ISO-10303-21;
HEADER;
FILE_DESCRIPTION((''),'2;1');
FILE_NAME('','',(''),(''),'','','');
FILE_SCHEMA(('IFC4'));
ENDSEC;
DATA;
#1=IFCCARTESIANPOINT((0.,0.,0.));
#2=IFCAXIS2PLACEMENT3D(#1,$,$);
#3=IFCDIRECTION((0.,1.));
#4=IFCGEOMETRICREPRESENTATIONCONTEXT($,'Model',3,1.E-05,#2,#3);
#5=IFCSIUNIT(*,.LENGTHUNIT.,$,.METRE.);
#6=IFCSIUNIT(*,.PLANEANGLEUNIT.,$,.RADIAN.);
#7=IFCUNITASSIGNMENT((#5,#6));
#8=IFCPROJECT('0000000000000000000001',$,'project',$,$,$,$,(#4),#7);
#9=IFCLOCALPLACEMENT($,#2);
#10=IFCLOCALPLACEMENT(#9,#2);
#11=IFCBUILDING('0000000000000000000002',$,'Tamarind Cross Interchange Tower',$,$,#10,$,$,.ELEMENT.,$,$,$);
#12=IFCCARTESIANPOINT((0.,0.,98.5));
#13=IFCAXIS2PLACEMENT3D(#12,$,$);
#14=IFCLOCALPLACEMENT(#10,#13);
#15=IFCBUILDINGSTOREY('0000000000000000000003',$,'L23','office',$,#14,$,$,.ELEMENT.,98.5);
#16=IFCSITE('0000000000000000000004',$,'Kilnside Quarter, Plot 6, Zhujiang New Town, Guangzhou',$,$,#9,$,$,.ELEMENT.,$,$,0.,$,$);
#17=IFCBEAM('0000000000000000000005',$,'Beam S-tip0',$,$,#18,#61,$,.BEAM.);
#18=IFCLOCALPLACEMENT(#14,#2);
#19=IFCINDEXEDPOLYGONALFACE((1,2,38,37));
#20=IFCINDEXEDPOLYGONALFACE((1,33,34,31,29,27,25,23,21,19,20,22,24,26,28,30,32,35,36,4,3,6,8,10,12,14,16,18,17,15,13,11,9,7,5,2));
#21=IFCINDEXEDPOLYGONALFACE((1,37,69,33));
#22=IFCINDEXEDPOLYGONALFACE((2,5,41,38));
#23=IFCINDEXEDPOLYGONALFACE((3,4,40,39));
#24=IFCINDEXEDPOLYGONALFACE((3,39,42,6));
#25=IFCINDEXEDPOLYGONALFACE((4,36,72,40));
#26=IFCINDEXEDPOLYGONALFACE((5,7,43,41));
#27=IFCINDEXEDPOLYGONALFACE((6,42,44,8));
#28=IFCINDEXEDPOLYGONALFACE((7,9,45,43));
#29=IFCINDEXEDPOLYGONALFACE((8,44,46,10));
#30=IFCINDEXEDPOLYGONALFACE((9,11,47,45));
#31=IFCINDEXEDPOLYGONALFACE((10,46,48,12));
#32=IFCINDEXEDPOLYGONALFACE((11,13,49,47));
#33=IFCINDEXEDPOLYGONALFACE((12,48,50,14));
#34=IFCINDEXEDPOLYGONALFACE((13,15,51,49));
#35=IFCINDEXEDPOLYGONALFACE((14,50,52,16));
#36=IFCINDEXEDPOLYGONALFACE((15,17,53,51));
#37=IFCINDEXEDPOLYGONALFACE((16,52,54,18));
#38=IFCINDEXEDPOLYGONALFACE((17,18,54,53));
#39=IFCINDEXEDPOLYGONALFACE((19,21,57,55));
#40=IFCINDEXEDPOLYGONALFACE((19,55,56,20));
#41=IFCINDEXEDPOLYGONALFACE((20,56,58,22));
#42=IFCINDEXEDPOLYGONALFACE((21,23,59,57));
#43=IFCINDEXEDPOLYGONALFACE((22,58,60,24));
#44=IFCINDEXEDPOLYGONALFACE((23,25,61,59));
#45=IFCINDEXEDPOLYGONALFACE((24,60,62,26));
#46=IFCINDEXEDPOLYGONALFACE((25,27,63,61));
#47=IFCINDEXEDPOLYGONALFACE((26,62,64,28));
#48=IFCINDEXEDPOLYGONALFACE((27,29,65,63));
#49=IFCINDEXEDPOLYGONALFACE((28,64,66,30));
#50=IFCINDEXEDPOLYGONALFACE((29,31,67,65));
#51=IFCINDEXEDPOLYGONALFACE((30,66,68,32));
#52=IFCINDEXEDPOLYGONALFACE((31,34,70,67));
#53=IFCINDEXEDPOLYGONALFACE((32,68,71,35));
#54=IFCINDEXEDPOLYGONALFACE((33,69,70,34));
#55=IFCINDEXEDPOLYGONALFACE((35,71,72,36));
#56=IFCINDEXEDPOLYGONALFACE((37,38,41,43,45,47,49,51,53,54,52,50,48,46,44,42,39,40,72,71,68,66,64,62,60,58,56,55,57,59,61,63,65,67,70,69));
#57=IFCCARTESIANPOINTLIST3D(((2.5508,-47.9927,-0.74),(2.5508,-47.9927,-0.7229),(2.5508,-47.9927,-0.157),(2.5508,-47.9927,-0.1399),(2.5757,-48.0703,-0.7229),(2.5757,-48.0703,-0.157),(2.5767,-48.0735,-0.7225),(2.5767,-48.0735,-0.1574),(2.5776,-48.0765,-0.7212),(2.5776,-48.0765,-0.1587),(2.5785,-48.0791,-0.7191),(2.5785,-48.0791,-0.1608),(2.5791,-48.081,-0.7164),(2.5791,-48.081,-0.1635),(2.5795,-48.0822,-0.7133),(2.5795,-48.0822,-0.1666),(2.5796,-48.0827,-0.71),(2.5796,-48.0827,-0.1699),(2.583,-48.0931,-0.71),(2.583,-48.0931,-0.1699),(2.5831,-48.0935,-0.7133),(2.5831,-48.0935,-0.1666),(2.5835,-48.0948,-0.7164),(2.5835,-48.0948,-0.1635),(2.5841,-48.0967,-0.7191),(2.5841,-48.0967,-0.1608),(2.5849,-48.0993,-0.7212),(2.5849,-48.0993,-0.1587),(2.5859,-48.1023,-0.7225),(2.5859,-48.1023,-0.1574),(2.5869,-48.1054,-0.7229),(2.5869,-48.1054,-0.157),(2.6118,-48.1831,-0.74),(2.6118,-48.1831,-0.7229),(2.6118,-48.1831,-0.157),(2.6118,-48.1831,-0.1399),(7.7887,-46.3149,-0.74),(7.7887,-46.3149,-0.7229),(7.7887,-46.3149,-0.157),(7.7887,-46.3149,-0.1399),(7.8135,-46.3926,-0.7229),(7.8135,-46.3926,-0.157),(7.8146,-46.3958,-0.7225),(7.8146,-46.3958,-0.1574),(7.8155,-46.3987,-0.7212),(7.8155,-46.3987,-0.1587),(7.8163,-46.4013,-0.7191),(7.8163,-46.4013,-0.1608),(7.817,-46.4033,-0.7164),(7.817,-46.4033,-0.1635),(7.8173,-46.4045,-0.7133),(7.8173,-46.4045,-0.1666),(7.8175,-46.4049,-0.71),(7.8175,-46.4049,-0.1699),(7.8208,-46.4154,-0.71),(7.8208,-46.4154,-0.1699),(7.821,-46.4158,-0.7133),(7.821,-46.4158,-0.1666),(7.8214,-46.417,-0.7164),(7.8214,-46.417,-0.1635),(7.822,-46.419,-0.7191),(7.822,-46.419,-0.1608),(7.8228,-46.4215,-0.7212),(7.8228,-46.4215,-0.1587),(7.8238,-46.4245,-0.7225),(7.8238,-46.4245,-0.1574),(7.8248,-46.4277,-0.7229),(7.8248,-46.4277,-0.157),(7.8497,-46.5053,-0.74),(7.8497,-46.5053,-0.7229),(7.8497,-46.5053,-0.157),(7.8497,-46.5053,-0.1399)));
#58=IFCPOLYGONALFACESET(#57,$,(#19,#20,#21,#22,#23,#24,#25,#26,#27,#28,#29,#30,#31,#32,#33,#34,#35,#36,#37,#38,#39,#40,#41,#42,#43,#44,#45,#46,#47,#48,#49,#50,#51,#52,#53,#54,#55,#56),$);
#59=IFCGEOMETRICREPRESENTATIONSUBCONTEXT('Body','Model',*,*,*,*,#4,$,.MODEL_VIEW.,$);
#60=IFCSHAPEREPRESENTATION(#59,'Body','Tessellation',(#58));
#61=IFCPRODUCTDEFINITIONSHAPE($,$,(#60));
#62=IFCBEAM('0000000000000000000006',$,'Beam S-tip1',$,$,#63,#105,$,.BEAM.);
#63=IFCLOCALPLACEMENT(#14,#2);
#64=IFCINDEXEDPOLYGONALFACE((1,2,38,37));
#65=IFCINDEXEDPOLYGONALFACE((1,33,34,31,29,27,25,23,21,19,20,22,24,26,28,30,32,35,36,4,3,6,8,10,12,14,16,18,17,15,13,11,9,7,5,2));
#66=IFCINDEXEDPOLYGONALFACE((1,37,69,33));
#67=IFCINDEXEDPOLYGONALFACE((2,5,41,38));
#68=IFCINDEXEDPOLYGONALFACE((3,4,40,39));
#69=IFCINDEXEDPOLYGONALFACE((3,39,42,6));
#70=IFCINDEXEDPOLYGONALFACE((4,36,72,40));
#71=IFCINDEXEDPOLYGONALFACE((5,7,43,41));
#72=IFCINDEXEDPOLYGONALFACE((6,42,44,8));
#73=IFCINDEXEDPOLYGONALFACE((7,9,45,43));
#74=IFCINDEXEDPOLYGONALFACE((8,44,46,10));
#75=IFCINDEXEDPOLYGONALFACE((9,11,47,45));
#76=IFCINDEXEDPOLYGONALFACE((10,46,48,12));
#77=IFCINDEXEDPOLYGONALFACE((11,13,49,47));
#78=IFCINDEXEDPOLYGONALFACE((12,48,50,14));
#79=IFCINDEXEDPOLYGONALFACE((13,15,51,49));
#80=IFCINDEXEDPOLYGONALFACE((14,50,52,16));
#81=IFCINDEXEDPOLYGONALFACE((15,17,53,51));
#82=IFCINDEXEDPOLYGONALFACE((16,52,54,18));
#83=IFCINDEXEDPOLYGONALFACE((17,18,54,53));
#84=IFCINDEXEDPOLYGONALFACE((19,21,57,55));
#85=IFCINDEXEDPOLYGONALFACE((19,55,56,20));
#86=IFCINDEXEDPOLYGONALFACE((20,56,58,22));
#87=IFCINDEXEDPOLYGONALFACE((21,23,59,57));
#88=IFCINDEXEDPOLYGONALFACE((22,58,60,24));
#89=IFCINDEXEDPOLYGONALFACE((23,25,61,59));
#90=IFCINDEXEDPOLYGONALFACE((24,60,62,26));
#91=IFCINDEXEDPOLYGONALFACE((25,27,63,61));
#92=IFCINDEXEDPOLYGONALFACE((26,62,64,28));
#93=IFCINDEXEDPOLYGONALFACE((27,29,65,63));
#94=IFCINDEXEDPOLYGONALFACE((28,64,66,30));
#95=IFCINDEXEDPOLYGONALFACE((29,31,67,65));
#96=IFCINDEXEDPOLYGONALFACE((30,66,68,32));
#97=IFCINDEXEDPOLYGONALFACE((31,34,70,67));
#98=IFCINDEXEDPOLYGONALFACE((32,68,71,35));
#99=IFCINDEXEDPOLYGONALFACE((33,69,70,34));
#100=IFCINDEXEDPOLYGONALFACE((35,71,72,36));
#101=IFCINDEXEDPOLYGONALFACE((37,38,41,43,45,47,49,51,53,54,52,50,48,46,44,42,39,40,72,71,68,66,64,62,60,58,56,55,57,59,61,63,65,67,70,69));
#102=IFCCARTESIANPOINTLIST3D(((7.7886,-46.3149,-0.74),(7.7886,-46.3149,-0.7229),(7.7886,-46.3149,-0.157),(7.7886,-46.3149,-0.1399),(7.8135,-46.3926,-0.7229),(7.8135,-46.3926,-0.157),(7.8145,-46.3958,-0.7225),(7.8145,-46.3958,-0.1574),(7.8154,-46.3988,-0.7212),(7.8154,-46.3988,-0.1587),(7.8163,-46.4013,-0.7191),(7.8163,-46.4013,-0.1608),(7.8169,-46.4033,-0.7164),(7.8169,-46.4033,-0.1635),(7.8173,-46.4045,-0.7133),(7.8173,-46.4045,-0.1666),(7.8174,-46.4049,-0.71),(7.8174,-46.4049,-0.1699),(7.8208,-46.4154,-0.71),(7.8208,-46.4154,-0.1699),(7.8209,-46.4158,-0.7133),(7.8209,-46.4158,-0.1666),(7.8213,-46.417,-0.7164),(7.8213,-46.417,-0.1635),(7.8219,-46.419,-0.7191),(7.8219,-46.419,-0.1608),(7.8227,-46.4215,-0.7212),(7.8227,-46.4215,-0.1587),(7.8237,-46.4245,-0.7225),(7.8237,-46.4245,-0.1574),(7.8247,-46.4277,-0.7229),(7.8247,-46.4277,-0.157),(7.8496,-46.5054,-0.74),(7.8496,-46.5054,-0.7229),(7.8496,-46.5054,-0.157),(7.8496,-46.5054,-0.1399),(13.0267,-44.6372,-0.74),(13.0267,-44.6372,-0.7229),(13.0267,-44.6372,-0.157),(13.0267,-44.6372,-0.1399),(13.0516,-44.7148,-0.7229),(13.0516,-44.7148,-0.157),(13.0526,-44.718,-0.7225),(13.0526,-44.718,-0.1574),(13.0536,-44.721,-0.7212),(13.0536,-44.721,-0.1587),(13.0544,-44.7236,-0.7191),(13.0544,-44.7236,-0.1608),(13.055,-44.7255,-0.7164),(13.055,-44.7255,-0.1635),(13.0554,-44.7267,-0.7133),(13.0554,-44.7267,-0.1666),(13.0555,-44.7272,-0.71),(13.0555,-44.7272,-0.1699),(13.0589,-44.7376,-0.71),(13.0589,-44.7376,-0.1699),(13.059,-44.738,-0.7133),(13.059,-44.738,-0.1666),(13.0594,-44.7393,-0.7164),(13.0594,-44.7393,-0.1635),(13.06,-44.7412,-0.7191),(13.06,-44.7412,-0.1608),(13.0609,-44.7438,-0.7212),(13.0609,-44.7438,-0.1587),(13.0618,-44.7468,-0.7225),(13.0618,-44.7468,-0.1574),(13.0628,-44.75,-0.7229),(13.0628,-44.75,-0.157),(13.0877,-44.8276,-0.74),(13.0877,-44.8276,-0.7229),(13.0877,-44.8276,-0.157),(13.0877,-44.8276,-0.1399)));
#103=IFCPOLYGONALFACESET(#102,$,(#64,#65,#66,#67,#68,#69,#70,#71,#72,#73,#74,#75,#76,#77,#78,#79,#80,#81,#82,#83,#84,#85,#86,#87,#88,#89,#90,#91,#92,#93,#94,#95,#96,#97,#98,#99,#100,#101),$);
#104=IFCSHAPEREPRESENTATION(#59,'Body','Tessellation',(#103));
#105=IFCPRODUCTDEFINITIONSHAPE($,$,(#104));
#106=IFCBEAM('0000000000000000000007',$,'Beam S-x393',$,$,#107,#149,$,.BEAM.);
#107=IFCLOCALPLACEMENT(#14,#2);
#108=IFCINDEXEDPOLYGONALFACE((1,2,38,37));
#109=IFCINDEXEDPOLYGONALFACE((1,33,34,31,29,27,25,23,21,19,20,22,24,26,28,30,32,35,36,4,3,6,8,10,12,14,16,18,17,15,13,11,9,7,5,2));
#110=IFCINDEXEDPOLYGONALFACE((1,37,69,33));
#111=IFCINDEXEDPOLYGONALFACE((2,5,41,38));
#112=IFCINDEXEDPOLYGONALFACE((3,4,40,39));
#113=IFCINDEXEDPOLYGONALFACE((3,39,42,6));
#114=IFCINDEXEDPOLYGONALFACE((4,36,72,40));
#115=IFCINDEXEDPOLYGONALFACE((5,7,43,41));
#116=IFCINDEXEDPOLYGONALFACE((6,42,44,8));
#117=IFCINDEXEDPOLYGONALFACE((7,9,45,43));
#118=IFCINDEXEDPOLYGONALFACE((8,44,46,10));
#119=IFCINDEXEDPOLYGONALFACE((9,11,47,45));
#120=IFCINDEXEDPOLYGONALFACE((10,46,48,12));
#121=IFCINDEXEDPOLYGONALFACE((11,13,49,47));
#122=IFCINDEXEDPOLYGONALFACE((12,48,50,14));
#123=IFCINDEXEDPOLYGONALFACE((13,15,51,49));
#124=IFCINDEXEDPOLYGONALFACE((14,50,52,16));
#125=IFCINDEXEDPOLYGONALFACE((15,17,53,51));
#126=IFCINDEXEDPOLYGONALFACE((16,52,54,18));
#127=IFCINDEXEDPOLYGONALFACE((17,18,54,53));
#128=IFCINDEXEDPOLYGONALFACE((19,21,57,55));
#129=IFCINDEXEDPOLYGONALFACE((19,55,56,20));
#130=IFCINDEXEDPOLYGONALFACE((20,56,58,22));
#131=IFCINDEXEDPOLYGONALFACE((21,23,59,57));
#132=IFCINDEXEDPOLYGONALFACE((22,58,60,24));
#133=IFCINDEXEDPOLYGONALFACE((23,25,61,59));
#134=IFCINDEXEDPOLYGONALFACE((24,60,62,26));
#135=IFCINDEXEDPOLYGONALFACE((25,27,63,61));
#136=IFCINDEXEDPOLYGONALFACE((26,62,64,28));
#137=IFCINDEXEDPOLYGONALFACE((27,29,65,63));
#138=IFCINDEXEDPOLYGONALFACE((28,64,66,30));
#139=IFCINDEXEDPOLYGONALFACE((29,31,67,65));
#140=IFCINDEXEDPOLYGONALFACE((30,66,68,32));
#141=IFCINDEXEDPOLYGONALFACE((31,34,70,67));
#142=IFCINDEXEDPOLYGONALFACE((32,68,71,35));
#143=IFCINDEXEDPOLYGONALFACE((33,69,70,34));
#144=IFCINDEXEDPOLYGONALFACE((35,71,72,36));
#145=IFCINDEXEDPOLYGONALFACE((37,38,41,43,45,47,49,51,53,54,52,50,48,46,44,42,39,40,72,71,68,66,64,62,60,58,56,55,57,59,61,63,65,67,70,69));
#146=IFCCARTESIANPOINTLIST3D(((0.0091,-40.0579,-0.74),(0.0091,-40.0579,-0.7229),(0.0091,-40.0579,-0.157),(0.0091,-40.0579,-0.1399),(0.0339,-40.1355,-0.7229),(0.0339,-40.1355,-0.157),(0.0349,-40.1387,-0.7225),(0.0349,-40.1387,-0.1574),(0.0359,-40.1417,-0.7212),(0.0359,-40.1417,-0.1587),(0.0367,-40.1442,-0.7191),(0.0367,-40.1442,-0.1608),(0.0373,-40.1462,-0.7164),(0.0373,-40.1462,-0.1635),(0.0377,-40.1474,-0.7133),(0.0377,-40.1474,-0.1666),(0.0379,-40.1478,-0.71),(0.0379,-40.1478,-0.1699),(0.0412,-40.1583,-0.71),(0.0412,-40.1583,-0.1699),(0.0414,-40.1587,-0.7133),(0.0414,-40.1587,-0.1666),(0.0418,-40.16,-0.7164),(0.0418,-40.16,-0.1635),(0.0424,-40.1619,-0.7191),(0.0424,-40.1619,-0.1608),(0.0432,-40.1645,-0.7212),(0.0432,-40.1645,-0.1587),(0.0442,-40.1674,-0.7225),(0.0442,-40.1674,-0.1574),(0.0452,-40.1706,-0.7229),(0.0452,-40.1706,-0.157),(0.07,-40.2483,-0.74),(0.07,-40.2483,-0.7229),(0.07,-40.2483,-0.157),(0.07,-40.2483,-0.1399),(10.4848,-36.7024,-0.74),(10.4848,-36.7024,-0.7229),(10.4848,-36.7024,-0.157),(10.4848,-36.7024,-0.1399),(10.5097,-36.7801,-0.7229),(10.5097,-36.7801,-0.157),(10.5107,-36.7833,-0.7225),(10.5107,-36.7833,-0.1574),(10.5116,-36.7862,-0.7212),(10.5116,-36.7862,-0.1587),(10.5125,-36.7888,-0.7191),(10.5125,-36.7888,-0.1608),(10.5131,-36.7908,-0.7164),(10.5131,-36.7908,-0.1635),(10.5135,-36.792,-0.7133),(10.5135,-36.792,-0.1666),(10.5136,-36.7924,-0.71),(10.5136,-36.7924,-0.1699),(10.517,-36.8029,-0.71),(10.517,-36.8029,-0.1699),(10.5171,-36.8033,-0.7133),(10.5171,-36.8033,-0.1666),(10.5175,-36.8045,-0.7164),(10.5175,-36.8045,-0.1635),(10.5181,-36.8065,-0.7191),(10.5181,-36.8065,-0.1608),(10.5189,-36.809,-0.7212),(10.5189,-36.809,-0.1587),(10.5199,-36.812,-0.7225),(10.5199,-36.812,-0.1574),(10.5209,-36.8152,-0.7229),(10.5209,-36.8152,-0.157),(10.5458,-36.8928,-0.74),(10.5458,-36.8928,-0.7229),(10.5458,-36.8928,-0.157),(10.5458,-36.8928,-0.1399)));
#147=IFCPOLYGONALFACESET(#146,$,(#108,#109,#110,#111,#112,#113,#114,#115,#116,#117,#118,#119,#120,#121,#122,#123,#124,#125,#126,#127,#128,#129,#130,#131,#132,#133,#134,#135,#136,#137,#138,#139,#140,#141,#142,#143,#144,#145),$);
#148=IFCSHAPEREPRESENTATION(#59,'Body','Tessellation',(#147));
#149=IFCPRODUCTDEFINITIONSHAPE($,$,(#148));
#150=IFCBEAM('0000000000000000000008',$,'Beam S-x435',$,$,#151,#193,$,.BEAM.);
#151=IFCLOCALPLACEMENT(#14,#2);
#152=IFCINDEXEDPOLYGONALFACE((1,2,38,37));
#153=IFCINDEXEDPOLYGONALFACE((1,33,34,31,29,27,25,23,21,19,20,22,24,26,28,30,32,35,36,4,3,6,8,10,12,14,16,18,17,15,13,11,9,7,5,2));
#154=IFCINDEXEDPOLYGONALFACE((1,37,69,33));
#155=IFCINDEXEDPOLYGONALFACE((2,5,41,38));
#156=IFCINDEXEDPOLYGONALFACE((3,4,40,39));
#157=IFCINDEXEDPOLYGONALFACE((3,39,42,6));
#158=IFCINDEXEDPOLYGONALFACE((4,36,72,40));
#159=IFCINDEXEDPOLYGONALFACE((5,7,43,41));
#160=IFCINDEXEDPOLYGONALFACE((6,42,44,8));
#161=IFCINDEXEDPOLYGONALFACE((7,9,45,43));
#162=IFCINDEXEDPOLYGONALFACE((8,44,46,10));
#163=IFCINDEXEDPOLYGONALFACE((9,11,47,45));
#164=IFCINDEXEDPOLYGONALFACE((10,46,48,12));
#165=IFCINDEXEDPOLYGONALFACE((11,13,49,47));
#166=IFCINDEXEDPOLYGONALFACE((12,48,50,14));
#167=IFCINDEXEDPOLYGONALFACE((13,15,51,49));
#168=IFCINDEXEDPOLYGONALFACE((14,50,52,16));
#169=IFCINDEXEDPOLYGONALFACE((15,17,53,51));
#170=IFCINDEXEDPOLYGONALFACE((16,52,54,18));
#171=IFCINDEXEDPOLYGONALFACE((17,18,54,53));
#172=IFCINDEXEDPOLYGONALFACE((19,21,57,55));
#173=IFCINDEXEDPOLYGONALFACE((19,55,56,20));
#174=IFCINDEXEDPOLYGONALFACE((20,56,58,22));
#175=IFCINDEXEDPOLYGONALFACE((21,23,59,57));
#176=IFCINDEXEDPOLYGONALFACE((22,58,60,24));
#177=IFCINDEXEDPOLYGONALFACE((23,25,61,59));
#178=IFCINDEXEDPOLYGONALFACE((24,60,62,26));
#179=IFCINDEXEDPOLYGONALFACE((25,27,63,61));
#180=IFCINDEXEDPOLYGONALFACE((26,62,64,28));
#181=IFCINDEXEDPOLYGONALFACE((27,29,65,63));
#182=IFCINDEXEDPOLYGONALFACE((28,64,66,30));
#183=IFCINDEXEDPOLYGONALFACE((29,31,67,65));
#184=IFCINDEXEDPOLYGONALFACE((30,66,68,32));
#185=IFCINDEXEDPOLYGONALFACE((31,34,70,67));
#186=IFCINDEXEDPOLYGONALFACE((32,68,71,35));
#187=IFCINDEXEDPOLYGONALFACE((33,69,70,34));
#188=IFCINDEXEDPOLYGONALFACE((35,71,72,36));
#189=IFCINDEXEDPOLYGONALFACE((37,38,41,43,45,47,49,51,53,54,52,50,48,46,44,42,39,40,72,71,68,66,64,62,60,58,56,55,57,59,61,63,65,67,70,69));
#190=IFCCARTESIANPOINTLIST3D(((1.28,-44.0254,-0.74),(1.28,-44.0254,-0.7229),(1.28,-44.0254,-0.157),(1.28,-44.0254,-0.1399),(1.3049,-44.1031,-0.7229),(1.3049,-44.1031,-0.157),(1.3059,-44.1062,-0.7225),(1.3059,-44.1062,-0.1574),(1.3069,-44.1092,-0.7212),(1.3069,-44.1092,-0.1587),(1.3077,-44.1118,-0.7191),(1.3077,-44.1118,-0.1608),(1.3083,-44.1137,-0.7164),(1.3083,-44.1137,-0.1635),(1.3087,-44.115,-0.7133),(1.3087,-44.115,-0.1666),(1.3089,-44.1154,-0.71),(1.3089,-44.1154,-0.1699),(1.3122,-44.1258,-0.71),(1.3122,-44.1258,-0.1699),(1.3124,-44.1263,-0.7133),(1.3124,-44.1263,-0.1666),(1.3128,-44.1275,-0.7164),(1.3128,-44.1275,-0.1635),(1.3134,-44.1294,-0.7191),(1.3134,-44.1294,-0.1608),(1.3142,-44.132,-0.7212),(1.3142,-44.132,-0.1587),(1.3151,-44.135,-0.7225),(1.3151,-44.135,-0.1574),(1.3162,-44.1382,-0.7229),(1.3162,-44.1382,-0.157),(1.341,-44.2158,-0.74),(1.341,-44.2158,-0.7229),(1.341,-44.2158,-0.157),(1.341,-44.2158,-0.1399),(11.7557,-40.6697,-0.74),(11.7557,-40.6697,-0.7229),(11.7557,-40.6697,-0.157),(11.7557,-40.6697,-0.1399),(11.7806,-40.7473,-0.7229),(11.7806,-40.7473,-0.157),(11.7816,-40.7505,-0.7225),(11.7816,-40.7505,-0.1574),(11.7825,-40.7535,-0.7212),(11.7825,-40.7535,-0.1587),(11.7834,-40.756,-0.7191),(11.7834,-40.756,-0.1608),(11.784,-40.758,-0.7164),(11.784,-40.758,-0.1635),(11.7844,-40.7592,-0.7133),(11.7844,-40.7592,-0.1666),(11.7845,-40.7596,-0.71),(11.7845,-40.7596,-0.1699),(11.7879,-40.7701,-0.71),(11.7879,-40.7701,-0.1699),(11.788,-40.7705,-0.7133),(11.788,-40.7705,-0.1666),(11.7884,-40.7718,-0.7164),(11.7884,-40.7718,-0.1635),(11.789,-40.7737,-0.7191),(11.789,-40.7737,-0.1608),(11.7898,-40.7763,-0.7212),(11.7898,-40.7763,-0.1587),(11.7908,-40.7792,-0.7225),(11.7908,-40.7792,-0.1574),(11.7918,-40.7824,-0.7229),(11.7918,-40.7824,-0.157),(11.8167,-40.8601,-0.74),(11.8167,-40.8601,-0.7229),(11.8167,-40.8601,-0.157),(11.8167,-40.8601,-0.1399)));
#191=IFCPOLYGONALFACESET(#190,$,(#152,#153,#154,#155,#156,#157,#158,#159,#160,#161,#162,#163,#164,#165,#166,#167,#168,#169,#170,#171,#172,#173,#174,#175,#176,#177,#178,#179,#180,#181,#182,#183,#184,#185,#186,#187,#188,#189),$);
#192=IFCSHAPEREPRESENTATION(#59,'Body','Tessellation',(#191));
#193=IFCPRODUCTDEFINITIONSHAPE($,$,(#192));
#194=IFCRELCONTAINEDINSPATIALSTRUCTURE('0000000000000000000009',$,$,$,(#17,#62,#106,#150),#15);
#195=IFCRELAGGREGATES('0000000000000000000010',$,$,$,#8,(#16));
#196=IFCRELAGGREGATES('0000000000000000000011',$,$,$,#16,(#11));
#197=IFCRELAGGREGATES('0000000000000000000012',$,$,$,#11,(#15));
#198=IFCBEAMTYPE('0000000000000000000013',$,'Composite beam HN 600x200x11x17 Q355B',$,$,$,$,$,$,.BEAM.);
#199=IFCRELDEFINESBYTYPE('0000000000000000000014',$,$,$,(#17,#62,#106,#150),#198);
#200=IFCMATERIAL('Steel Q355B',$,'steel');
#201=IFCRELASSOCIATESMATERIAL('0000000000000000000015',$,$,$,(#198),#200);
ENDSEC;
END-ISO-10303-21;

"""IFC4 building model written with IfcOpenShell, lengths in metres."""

from ifc_helpers import new_model, si_unit, direction, frame, origin, origin_2d, place, context, subcontext, project, spatial, i_section, extrude, material, material_profile, profile_set, type_object, element, save


model = new_model("IFC4")

# Units and contexts
model_context = context("Model", 3, precision=1e-05, world=origin(), true_north=direction((0.0, 1.0)))
body_context = subcontext(model_context, "Body", "Model", "MODEL_VIEW")
ifc_project = project(units=[si_unit("LENGTHUNIT", "METRE"), si_unit("PLANEANGLEUNIT", "RADIAN")], contexts=[model_context])

# Site, building, storey
site_placement = place(None, origin())
site = spatial("IfcSite", under=ifc_project, at=site_placement, Name="Kilnside Quarter, Plot 6, Zhujiang New Town, Guangzhou", CompositionType="ELEMENT", RefElevation=0.0)
building_placement = place(site_placement, origin())
building = spatial("IfcBuilding", under=site, at=building_placement, Name="Tamarind Cross Interchange Tower", CompositionType="ELEMENT")
storey_placement = place(building_placement, frame((0.0, 0.0, 98.5)))
storey = spatial("IfcBuildingStorey", under=building, at=storey_placement, Name="L23", Description="office", CompositionType="ELEMENT", Elevation=98.5)

# Beams
ifc_material_1 = material(Name="Steel Q355B", Category="steel")
ifc_material_profile_1 = material_profile(ifc_material_1, i_section(OverallWidth=0.2, OverallDepth=0.6001, WebThickness=0.011, FlangeThickness=0.0171, FilletRadius=0.0129, at=origin_2d()), Name="HN 600x200x11x17")
ifc_profile_set_1 = profile_set([ifc_material_profile_1], Name="Steel Q355B")
beam_type_1 = type_object("IfcBeamType", Name="Composite beam HN 600x200x11x17 Q355B", PredefinedType="BEAM", material=ifc_profile_set_1)
beam_1_placement = place(storey_placement, frame((2.5813, -48.0879, -0.4399), z_axis=(0.952338, 0.305046, 0.0), x_axis=(-0.305046, 0.952338, 0.0)))
element("IfcBeam", 1, at=beam_1_placement, inside=storey, type_object=beam_type_1, Name="Beam S-tip0", PredefinedType="BEAM", context=body_context, shape_type="SweptSolid", body=[
    extrude(i_section(OverallWidth=0.2, OverallDepth=0.6001, WebThickness=0.011, FlangeThickness=0.0171, FilletRadius=0.0129, at=origin_2d()), origin(), (0.0, 0.0, 1.0), 5.5),
])
beam_2_placement = place(storey_placement, frame((7.8191, -46.4102, -0.4399), z_axis=(0.952342, 0.305033, 0.0), x_axis=(-0.305033, 0.952342, 0.0)))
element("IfcBeam", 2, at=beam_2_placement, inside=storey, type_object=beam_type_1, Name="Beam S-tip1", PredefinedType="BEAM", context=body_context, shape_type="SweptSolid", body=[
    extrude(i_section(OverallWidth=0.2, OverallDepth=0.6001, WebThickness=0.011, FlangeThickness=0.0171, FilletRadius=0.0129, at=origin_2d()), origin(), (0.0, 0.0, 1.0), 5.5002),
])
for number, where, z_axis, x_axis, name in (
    (3, (0.0396, -40.1531, -0.4399), (0.95234, 0.30504, 0.0), (-0.30504, 0.95234, 0.0), "Beam S-x393"),
    (4, (1.3105, -44.1206, -0.4399), (0.952331, 0.305066, 0.0), (-0.305066, 0.952331, 0.0), "Beam S-x435"),
):
    element("IfcBeam", number, at=place(storey_placement, frame(where, z_axis=z_axis, x_axis=x_axis)), inside=storey, type_object=beam_type_1, Name=name, PredefinedType="BEAM", context=body_context, shape_type="SweptSolid", body=[
        extrude(i_section(OverallWidth=0.2, OverallDepth=0.6001, WebThickness=0.011, FlangeThickness=0.0171, FilletRadius=0.0129, at=origin_2d()), origin(), (0.0, 0.0, 1.0), 11.0),
    ])

save(model, "model.ifc")
